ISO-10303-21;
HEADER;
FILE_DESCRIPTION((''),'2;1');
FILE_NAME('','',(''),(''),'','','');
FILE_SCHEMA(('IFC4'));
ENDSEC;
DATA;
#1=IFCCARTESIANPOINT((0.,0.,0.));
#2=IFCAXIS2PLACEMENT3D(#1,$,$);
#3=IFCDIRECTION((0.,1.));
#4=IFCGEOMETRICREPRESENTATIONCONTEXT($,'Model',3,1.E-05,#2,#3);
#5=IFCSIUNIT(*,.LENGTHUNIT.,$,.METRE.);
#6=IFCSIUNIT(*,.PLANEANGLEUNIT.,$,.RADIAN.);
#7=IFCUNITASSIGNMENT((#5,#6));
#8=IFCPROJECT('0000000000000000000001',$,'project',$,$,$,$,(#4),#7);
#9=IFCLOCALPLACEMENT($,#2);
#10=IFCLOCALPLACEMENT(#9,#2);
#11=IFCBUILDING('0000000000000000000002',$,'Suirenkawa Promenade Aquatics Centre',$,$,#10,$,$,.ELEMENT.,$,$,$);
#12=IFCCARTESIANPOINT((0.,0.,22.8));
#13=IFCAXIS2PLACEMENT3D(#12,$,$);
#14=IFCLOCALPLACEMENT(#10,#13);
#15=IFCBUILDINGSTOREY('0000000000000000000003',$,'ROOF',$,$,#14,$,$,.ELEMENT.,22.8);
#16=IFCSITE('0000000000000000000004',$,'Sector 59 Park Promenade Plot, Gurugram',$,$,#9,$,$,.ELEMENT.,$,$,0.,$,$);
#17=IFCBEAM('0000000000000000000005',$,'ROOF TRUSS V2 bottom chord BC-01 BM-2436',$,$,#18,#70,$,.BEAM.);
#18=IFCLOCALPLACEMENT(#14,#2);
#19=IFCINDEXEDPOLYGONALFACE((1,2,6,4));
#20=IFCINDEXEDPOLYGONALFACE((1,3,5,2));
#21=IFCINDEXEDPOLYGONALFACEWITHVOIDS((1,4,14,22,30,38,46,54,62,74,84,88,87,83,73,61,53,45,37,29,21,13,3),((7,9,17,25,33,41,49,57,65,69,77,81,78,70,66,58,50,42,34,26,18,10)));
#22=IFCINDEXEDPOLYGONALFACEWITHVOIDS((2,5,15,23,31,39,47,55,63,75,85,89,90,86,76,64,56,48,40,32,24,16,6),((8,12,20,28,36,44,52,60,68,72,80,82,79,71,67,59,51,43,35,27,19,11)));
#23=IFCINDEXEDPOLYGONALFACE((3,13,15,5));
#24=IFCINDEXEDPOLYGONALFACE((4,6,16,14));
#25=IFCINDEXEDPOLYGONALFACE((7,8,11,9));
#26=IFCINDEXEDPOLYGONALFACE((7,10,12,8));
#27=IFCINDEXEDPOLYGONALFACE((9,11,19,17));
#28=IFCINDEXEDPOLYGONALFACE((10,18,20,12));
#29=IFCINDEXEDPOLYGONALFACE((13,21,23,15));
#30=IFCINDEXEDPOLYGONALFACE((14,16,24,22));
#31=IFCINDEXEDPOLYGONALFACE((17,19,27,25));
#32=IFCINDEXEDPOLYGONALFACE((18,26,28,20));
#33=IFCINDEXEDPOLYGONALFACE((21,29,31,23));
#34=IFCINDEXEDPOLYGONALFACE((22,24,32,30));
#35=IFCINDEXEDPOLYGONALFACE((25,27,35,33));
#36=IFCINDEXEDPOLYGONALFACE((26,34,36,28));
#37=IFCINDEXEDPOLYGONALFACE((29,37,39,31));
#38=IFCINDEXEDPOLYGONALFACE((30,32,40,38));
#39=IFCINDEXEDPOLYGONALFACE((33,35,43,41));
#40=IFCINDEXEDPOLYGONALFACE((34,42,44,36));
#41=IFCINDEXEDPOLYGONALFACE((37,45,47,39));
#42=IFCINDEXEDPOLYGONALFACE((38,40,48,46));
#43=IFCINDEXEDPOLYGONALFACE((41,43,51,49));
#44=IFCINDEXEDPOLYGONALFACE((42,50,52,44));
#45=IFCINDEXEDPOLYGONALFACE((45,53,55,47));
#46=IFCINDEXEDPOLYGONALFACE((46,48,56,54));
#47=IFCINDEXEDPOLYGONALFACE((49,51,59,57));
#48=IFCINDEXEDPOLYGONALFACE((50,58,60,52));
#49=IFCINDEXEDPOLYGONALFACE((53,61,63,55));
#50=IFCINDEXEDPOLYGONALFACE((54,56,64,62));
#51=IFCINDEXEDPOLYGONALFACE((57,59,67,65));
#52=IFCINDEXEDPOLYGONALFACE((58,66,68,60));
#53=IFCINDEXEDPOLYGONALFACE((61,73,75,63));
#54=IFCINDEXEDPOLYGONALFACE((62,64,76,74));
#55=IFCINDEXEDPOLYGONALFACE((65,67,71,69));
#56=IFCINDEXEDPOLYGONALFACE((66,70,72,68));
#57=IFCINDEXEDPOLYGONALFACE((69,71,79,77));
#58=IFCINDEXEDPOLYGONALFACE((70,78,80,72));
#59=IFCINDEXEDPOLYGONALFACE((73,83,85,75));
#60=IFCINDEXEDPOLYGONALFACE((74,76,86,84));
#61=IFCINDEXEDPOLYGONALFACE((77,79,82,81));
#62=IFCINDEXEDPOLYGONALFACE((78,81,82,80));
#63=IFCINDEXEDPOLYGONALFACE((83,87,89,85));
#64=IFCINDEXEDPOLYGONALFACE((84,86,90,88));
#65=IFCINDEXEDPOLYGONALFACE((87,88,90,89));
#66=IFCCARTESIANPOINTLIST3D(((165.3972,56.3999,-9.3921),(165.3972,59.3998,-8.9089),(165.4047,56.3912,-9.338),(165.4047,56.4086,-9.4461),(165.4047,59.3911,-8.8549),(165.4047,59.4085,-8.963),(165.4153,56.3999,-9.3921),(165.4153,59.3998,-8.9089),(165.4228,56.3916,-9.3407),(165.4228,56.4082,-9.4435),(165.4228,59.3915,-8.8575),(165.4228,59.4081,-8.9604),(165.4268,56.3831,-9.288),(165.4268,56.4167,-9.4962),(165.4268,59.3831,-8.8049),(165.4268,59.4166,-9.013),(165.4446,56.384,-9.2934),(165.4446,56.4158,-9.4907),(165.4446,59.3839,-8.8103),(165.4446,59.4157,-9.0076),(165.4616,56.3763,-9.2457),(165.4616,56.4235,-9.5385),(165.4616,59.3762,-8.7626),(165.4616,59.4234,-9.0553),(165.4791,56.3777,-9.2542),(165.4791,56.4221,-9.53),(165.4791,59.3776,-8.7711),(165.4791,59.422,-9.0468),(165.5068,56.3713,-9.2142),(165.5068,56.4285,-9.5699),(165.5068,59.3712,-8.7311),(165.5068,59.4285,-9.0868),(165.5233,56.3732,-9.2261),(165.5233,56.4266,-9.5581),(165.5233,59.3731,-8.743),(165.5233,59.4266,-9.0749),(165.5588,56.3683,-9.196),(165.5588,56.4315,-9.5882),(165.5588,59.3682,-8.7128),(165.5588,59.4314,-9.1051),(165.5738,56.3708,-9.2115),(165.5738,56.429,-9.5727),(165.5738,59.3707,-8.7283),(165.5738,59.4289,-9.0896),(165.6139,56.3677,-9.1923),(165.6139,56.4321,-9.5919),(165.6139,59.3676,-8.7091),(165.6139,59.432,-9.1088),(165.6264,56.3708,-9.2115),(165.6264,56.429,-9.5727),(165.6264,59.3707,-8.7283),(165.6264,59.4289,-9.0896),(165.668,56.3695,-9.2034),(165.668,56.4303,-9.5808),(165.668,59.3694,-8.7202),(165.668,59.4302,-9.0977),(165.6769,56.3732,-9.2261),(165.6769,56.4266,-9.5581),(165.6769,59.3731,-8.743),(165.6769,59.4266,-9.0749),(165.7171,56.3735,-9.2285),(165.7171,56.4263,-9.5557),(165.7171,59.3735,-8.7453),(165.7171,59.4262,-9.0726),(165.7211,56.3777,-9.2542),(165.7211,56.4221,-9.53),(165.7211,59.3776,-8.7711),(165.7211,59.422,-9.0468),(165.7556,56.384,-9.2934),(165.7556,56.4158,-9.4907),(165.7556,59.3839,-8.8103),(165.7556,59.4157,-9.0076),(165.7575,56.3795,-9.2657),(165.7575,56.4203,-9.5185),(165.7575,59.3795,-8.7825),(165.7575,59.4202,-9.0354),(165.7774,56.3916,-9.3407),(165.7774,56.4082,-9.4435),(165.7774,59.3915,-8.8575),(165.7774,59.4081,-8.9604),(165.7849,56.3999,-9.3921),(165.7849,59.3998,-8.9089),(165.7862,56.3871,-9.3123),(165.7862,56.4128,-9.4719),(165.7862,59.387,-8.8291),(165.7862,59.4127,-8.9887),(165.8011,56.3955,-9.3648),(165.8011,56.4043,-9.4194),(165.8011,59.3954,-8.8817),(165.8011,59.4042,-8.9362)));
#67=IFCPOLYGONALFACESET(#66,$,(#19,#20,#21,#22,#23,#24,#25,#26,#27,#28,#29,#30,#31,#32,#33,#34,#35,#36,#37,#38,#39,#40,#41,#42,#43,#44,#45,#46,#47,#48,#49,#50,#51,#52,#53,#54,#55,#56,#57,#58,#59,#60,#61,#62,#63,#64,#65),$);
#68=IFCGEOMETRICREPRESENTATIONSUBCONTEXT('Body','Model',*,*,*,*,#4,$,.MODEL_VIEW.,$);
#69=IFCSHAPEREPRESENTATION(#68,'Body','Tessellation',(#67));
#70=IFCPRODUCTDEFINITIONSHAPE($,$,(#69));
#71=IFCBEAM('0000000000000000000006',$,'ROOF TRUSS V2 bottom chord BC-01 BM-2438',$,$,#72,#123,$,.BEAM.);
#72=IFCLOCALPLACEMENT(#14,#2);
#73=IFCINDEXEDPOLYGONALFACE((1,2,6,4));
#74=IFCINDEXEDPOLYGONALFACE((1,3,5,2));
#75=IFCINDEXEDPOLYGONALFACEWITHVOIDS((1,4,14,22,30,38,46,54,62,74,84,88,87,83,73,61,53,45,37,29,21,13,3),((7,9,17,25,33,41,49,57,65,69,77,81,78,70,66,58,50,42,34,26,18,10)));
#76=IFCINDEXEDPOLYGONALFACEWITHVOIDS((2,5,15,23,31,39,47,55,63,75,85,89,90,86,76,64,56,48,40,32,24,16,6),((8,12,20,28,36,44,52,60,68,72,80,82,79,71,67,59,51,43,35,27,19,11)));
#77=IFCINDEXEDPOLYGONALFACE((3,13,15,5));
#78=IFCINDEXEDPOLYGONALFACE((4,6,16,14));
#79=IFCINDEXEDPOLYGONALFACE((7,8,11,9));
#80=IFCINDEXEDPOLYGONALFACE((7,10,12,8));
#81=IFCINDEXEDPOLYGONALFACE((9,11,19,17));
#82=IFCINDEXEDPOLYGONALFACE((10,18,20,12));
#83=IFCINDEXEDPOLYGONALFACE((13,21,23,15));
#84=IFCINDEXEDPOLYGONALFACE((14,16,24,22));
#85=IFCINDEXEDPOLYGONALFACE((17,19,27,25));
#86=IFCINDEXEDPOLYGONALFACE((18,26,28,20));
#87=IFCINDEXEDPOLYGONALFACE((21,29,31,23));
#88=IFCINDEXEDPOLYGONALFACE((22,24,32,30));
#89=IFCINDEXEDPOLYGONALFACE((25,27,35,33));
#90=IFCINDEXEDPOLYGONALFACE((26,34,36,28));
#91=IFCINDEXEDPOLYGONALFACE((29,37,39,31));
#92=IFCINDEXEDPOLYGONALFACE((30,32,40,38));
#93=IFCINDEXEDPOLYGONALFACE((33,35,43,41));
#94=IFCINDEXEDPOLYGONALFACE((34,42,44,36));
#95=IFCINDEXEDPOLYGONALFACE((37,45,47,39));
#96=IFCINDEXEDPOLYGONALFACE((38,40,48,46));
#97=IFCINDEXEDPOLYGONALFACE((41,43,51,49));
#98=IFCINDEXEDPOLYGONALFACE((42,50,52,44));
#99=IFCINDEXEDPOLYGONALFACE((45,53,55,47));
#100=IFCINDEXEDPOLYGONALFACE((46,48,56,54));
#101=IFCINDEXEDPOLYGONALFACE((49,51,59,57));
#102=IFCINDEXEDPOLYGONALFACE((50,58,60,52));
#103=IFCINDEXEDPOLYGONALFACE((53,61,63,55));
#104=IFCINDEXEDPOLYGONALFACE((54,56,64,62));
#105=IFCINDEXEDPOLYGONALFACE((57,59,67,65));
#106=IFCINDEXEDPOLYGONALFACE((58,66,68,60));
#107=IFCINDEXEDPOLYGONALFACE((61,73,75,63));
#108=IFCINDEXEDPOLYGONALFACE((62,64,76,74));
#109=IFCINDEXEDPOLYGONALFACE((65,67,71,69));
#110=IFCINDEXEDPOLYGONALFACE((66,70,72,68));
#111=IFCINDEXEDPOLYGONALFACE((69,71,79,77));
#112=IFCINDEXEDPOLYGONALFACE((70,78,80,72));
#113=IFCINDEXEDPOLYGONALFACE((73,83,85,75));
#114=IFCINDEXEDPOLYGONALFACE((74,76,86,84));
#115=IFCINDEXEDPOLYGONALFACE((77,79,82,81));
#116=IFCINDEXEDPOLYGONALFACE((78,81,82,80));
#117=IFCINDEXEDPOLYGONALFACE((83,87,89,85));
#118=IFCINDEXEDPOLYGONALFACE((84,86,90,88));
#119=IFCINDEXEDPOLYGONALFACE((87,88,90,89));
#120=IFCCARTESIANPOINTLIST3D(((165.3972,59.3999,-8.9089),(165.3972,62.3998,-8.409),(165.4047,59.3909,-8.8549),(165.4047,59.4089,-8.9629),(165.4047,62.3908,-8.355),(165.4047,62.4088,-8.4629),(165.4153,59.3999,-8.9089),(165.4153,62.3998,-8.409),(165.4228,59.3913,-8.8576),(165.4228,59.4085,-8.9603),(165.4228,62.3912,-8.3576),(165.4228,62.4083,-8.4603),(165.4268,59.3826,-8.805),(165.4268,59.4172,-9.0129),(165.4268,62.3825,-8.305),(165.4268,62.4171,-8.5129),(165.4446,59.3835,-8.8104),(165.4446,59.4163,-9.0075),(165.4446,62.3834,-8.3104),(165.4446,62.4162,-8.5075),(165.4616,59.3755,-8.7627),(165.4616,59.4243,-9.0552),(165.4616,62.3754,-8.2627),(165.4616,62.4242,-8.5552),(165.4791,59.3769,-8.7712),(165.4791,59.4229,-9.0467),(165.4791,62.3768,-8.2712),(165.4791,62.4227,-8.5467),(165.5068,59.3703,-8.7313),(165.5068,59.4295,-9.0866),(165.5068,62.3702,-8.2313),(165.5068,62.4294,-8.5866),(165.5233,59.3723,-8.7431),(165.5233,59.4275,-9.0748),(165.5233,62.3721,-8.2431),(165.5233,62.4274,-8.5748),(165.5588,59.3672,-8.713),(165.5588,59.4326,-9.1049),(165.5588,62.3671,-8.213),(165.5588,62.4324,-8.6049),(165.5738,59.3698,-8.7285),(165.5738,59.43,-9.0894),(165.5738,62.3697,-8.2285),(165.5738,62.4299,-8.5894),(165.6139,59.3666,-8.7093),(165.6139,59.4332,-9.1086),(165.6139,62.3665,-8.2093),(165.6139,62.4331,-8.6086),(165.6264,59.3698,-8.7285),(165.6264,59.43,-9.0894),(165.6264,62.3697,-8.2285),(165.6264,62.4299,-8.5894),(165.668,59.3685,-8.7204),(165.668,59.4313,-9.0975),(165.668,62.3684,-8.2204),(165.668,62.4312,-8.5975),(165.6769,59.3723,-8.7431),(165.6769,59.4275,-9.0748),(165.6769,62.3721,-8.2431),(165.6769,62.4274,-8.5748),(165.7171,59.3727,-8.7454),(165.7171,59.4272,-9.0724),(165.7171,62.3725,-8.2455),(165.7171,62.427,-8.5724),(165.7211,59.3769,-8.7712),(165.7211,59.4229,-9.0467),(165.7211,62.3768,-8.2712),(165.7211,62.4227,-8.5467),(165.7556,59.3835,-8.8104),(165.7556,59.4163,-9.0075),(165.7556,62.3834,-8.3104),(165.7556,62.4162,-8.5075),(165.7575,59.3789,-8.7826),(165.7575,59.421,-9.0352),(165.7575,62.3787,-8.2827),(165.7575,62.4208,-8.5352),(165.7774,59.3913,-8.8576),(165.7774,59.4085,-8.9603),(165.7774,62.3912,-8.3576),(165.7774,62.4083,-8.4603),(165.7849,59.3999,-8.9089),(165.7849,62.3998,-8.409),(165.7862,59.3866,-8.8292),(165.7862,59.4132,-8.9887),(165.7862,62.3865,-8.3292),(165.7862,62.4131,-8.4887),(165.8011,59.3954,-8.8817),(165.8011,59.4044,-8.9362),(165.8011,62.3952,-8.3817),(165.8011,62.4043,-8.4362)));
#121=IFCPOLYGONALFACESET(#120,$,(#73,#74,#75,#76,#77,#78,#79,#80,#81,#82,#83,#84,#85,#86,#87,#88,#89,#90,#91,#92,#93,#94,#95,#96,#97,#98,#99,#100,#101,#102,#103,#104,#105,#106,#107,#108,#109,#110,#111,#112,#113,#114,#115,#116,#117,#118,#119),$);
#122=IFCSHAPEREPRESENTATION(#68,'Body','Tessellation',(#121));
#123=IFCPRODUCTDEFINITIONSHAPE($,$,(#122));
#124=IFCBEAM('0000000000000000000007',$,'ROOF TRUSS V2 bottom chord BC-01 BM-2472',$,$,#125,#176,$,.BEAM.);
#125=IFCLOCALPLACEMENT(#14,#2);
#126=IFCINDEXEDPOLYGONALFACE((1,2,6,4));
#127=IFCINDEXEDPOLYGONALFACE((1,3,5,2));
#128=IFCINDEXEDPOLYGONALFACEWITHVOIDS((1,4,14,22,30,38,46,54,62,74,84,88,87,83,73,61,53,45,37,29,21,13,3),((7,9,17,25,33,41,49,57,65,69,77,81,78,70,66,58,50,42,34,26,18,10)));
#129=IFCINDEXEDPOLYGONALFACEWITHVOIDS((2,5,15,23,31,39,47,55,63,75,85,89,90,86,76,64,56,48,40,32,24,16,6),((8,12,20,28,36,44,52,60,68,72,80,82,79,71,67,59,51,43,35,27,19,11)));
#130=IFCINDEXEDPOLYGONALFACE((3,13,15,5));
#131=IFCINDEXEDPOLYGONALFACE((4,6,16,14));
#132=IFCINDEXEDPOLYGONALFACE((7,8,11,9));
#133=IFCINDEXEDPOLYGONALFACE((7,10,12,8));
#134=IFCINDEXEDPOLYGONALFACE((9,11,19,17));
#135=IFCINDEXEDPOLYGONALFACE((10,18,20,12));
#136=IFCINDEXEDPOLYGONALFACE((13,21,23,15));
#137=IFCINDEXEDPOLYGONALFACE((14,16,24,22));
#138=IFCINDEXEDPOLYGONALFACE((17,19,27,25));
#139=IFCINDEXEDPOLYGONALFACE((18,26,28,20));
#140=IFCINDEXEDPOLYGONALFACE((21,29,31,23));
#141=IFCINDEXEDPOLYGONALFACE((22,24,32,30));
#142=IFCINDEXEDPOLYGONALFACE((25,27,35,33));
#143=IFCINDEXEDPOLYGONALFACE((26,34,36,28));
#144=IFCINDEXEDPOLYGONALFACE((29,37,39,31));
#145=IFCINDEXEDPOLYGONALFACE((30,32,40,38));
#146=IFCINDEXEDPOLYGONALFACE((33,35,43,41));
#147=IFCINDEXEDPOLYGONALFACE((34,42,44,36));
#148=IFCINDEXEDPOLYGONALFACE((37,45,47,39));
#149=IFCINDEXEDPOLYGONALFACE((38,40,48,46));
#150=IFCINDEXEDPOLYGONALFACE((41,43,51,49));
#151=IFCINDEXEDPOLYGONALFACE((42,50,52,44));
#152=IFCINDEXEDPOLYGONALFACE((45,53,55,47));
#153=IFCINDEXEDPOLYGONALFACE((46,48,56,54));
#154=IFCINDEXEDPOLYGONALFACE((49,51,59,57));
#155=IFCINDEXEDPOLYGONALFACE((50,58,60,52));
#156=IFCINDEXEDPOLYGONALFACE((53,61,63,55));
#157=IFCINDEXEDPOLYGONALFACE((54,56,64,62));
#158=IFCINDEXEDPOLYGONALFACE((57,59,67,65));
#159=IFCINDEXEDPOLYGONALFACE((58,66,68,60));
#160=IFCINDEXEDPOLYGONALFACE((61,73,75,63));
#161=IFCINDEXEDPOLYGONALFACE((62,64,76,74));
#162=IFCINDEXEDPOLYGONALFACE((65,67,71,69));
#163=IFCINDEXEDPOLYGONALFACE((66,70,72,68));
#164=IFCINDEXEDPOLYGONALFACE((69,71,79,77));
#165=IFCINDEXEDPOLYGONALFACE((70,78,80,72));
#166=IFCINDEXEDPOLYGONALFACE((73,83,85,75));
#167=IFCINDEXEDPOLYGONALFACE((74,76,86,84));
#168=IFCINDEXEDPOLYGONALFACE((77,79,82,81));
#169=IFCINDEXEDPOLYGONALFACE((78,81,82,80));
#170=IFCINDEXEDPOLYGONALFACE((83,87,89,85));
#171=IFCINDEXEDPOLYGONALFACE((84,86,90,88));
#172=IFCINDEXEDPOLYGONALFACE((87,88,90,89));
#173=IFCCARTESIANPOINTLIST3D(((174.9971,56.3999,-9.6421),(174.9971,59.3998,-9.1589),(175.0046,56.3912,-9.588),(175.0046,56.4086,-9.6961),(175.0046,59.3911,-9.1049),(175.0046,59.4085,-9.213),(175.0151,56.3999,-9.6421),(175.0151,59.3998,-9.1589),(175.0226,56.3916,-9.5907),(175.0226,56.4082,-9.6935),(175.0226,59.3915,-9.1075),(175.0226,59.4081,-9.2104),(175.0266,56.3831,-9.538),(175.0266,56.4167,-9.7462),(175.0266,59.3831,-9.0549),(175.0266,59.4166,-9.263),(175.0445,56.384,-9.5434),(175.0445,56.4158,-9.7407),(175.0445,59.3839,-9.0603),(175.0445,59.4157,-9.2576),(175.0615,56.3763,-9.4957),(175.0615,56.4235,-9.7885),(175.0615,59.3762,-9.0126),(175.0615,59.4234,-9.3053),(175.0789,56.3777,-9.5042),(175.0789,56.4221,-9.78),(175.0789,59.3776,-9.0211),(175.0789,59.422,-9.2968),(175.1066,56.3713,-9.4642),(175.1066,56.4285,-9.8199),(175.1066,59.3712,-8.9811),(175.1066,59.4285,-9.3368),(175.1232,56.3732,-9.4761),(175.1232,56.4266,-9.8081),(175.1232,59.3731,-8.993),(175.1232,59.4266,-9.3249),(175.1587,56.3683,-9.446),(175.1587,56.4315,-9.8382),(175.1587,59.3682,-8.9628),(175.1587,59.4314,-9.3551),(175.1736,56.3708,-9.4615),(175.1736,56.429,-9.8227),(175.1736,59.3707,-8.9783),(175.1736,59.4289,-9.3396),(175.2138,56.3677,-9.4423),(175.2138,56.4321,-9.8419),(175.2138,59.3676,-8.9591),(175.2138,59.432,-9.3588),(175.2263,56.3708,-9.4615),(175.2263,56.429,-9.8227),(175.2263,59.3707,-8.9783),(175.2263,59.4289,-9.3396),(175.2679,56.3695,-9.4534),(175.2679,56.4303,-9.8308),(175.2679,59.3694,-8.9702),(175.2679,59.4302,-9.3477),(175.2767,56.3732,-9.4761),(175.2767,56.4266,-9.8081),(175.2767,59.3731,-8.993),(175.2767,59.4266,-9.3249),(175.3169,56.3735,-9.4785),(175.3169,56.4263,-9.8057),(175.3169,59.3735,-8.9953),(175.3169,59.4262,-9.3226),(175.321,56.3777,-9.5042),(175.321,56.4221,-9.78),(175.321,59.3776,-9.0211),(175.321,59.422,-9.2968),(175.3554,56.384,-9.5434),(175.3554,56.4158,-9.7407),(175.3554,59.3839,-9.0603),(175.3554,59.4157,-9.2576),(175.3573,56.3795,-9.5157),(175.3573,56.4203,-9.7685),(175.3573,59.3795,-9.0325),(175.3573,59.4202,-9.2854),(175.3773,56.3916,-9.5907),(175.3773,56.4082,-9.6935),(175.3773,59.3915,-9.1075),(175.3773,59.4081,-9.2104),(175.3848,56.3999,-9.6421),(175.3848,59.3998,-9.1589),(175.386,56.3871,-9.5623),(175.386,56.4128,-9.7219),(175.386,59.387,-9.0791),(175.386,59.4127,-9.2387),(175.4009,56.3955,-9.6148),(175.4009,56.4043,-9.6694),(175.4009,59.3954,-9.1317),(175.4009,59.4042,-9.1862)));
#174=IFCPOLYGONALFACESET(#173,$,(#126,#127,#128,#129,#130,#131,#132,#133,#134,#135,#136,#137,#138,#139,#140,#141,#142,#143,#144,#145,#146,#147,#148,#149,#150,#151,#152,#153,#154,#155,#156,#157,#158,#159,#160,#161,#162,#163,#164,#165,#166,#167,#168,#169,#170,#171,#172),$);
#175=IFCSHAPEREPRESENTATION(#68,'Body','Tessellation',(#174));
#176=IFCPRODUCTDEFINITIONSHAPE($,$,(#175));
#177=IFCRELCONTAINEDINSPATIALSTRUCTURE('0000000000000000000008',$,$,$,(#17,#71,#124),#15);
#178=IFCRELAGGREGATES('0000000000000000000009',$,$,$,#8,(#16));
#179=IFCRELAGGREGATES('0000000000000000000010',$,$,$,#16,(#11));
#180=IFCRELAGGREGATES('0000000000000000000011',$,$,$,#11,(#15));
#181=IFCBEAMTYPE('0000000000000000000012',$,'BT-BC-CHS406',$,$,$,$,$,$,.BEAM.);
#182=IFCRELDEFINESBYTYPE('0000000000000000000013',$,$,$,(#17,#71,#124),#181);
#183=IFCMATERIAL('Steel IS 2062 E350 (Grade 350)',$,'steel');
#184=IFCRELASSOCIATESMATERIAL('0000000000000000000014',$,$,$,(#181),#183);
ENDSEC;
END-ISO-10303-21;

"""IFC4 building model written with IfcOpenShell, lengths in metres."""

from ifc_helpers import new_model, si_unit, direction, frame, origin, origin_2d, place, context, subcontext, project, spatial, hollow_circle, extrude, material, material_profile, profile_set, type_object, element, save


model = new_model("IFC4")

# Units and contexts
model_context = context("Model", 3, precision=1e-05, world=origin(), true_north=direction((0.0, 1.0)))
body_context = subcontext(model_context, "Body", "Model", "MODEL_VIEW")
ifc_project = project(units=[si_unit("LENGTHUNIT", "METRE"), si_unit("PLANEANGLEUNIT", "RADIAN")], contexts=[model_context])

# Site, building, storey
site_placement = place(None, origin())
site = spatial("IfcSite", under=ifc_project, at=site_placement, Name="Sector 59 Park Promenade Plot, Gurugram", CompositionType="ELEMENT", RefElevation=0.0)
building_placement = place(site_placement, origin())
building = spatial("IfcBuilding", under=site, at=building_placement, Name="Suirenkawa Promenade Aquatics Centre", CompositionType="ELEMENT")
storey_placement = place(building_placement, frame((0.0, 0.0, 22.8)))
storey = spatial("IfcBuildingStorey", under=building, at=storey_placement, Name="ROOF", CompositionType="ELEMENT", Elevation=22.8)

# Beams
ifc_material = material(Name="Steel IS 2062 E350 (Grade 350)", Category="steel")
ifc_material_profile_1 = material_profile(ifc_material, hollow_circle(Radius=0.2029, WallThickness=0.0181, at=origin_2d()), Name="CHS 406x18", Category="steel")
ifc_profile_set_1 = profile_set([ifc_material_profile_1], Name="Steel IS 2062 E350 (Grade 350)")
beam_type_1 = type_object("IfcBeamType", Name="BT-BC-CHS406", PredefinedType="BEAM", material=ifc_profile_set_1)
beam_1_placement = place(storey_placement, frame((165.6001, 56.3999, -9.3921), z_axis=(0.0, 0.987278, 0.159003), x_axis=(-1.0, 0.0, 0.0)))
element("IfcBeam", 1, at=beam_1_placement, inside=storey, type_object=beam_type_1, Name="ROOF TRUSS V2 bottom chord BC-01 BM-2436", PredefinedType="BEAM", context=body_context, shape_type="SweptSolid", body=[
    extrude(hollow_circle(Radius=0.2029, WallThickness=0.0181, at=origin_2d()), origin(), (0.0, 0.0, 1.0), 3.0386),
])
beam_2_placement = place(storey_placement, frame((165.6001, 59.3999, -8.9089), z_axis=(0.0, 0.986394, 0.164399), x_axis=(-1.0, 0.0, 0.0)))
element("IfcBeam", 2, at=beam_2_placement, inside=storey, type_object=beam_type_1, Name="ROOF TRUSS V2 bottom chord BC-01 BM-2438", PredefinedType="BEAM", context=body_context, shape_type="SweptSolid", body=[
    extrude(hollow_circle(Radius=0.2029, WallThickness=0.0181, at=origin_2d()), origin(), (0.0, 0.0, 1.0), 3.0413),
])
beam_3_placement = place(storey_placement, frame((175.2, 56.3999, -9.6421), z_axis=(0.0, 0.987278, 0.159003), x_axis=(-1.0, 0.0, 0.0)))
element("IfcBeam", 3, at=beam_3_placement, inside=storey, type_object=beam_type_1, Name="ROOF TRUSS V2 bottom chord BC-01 BM-2472", PredefinedType="BEAM", context=body_context, shape_type="SweptSolid", body=[
    extrude(hollow_circle(Radius=0.2029, WallThickness=0.0181, at=origin_2d()), origin(), (0.0, 0.0, 1.0), 3.0386),
])

save(model, "model.ifc")
